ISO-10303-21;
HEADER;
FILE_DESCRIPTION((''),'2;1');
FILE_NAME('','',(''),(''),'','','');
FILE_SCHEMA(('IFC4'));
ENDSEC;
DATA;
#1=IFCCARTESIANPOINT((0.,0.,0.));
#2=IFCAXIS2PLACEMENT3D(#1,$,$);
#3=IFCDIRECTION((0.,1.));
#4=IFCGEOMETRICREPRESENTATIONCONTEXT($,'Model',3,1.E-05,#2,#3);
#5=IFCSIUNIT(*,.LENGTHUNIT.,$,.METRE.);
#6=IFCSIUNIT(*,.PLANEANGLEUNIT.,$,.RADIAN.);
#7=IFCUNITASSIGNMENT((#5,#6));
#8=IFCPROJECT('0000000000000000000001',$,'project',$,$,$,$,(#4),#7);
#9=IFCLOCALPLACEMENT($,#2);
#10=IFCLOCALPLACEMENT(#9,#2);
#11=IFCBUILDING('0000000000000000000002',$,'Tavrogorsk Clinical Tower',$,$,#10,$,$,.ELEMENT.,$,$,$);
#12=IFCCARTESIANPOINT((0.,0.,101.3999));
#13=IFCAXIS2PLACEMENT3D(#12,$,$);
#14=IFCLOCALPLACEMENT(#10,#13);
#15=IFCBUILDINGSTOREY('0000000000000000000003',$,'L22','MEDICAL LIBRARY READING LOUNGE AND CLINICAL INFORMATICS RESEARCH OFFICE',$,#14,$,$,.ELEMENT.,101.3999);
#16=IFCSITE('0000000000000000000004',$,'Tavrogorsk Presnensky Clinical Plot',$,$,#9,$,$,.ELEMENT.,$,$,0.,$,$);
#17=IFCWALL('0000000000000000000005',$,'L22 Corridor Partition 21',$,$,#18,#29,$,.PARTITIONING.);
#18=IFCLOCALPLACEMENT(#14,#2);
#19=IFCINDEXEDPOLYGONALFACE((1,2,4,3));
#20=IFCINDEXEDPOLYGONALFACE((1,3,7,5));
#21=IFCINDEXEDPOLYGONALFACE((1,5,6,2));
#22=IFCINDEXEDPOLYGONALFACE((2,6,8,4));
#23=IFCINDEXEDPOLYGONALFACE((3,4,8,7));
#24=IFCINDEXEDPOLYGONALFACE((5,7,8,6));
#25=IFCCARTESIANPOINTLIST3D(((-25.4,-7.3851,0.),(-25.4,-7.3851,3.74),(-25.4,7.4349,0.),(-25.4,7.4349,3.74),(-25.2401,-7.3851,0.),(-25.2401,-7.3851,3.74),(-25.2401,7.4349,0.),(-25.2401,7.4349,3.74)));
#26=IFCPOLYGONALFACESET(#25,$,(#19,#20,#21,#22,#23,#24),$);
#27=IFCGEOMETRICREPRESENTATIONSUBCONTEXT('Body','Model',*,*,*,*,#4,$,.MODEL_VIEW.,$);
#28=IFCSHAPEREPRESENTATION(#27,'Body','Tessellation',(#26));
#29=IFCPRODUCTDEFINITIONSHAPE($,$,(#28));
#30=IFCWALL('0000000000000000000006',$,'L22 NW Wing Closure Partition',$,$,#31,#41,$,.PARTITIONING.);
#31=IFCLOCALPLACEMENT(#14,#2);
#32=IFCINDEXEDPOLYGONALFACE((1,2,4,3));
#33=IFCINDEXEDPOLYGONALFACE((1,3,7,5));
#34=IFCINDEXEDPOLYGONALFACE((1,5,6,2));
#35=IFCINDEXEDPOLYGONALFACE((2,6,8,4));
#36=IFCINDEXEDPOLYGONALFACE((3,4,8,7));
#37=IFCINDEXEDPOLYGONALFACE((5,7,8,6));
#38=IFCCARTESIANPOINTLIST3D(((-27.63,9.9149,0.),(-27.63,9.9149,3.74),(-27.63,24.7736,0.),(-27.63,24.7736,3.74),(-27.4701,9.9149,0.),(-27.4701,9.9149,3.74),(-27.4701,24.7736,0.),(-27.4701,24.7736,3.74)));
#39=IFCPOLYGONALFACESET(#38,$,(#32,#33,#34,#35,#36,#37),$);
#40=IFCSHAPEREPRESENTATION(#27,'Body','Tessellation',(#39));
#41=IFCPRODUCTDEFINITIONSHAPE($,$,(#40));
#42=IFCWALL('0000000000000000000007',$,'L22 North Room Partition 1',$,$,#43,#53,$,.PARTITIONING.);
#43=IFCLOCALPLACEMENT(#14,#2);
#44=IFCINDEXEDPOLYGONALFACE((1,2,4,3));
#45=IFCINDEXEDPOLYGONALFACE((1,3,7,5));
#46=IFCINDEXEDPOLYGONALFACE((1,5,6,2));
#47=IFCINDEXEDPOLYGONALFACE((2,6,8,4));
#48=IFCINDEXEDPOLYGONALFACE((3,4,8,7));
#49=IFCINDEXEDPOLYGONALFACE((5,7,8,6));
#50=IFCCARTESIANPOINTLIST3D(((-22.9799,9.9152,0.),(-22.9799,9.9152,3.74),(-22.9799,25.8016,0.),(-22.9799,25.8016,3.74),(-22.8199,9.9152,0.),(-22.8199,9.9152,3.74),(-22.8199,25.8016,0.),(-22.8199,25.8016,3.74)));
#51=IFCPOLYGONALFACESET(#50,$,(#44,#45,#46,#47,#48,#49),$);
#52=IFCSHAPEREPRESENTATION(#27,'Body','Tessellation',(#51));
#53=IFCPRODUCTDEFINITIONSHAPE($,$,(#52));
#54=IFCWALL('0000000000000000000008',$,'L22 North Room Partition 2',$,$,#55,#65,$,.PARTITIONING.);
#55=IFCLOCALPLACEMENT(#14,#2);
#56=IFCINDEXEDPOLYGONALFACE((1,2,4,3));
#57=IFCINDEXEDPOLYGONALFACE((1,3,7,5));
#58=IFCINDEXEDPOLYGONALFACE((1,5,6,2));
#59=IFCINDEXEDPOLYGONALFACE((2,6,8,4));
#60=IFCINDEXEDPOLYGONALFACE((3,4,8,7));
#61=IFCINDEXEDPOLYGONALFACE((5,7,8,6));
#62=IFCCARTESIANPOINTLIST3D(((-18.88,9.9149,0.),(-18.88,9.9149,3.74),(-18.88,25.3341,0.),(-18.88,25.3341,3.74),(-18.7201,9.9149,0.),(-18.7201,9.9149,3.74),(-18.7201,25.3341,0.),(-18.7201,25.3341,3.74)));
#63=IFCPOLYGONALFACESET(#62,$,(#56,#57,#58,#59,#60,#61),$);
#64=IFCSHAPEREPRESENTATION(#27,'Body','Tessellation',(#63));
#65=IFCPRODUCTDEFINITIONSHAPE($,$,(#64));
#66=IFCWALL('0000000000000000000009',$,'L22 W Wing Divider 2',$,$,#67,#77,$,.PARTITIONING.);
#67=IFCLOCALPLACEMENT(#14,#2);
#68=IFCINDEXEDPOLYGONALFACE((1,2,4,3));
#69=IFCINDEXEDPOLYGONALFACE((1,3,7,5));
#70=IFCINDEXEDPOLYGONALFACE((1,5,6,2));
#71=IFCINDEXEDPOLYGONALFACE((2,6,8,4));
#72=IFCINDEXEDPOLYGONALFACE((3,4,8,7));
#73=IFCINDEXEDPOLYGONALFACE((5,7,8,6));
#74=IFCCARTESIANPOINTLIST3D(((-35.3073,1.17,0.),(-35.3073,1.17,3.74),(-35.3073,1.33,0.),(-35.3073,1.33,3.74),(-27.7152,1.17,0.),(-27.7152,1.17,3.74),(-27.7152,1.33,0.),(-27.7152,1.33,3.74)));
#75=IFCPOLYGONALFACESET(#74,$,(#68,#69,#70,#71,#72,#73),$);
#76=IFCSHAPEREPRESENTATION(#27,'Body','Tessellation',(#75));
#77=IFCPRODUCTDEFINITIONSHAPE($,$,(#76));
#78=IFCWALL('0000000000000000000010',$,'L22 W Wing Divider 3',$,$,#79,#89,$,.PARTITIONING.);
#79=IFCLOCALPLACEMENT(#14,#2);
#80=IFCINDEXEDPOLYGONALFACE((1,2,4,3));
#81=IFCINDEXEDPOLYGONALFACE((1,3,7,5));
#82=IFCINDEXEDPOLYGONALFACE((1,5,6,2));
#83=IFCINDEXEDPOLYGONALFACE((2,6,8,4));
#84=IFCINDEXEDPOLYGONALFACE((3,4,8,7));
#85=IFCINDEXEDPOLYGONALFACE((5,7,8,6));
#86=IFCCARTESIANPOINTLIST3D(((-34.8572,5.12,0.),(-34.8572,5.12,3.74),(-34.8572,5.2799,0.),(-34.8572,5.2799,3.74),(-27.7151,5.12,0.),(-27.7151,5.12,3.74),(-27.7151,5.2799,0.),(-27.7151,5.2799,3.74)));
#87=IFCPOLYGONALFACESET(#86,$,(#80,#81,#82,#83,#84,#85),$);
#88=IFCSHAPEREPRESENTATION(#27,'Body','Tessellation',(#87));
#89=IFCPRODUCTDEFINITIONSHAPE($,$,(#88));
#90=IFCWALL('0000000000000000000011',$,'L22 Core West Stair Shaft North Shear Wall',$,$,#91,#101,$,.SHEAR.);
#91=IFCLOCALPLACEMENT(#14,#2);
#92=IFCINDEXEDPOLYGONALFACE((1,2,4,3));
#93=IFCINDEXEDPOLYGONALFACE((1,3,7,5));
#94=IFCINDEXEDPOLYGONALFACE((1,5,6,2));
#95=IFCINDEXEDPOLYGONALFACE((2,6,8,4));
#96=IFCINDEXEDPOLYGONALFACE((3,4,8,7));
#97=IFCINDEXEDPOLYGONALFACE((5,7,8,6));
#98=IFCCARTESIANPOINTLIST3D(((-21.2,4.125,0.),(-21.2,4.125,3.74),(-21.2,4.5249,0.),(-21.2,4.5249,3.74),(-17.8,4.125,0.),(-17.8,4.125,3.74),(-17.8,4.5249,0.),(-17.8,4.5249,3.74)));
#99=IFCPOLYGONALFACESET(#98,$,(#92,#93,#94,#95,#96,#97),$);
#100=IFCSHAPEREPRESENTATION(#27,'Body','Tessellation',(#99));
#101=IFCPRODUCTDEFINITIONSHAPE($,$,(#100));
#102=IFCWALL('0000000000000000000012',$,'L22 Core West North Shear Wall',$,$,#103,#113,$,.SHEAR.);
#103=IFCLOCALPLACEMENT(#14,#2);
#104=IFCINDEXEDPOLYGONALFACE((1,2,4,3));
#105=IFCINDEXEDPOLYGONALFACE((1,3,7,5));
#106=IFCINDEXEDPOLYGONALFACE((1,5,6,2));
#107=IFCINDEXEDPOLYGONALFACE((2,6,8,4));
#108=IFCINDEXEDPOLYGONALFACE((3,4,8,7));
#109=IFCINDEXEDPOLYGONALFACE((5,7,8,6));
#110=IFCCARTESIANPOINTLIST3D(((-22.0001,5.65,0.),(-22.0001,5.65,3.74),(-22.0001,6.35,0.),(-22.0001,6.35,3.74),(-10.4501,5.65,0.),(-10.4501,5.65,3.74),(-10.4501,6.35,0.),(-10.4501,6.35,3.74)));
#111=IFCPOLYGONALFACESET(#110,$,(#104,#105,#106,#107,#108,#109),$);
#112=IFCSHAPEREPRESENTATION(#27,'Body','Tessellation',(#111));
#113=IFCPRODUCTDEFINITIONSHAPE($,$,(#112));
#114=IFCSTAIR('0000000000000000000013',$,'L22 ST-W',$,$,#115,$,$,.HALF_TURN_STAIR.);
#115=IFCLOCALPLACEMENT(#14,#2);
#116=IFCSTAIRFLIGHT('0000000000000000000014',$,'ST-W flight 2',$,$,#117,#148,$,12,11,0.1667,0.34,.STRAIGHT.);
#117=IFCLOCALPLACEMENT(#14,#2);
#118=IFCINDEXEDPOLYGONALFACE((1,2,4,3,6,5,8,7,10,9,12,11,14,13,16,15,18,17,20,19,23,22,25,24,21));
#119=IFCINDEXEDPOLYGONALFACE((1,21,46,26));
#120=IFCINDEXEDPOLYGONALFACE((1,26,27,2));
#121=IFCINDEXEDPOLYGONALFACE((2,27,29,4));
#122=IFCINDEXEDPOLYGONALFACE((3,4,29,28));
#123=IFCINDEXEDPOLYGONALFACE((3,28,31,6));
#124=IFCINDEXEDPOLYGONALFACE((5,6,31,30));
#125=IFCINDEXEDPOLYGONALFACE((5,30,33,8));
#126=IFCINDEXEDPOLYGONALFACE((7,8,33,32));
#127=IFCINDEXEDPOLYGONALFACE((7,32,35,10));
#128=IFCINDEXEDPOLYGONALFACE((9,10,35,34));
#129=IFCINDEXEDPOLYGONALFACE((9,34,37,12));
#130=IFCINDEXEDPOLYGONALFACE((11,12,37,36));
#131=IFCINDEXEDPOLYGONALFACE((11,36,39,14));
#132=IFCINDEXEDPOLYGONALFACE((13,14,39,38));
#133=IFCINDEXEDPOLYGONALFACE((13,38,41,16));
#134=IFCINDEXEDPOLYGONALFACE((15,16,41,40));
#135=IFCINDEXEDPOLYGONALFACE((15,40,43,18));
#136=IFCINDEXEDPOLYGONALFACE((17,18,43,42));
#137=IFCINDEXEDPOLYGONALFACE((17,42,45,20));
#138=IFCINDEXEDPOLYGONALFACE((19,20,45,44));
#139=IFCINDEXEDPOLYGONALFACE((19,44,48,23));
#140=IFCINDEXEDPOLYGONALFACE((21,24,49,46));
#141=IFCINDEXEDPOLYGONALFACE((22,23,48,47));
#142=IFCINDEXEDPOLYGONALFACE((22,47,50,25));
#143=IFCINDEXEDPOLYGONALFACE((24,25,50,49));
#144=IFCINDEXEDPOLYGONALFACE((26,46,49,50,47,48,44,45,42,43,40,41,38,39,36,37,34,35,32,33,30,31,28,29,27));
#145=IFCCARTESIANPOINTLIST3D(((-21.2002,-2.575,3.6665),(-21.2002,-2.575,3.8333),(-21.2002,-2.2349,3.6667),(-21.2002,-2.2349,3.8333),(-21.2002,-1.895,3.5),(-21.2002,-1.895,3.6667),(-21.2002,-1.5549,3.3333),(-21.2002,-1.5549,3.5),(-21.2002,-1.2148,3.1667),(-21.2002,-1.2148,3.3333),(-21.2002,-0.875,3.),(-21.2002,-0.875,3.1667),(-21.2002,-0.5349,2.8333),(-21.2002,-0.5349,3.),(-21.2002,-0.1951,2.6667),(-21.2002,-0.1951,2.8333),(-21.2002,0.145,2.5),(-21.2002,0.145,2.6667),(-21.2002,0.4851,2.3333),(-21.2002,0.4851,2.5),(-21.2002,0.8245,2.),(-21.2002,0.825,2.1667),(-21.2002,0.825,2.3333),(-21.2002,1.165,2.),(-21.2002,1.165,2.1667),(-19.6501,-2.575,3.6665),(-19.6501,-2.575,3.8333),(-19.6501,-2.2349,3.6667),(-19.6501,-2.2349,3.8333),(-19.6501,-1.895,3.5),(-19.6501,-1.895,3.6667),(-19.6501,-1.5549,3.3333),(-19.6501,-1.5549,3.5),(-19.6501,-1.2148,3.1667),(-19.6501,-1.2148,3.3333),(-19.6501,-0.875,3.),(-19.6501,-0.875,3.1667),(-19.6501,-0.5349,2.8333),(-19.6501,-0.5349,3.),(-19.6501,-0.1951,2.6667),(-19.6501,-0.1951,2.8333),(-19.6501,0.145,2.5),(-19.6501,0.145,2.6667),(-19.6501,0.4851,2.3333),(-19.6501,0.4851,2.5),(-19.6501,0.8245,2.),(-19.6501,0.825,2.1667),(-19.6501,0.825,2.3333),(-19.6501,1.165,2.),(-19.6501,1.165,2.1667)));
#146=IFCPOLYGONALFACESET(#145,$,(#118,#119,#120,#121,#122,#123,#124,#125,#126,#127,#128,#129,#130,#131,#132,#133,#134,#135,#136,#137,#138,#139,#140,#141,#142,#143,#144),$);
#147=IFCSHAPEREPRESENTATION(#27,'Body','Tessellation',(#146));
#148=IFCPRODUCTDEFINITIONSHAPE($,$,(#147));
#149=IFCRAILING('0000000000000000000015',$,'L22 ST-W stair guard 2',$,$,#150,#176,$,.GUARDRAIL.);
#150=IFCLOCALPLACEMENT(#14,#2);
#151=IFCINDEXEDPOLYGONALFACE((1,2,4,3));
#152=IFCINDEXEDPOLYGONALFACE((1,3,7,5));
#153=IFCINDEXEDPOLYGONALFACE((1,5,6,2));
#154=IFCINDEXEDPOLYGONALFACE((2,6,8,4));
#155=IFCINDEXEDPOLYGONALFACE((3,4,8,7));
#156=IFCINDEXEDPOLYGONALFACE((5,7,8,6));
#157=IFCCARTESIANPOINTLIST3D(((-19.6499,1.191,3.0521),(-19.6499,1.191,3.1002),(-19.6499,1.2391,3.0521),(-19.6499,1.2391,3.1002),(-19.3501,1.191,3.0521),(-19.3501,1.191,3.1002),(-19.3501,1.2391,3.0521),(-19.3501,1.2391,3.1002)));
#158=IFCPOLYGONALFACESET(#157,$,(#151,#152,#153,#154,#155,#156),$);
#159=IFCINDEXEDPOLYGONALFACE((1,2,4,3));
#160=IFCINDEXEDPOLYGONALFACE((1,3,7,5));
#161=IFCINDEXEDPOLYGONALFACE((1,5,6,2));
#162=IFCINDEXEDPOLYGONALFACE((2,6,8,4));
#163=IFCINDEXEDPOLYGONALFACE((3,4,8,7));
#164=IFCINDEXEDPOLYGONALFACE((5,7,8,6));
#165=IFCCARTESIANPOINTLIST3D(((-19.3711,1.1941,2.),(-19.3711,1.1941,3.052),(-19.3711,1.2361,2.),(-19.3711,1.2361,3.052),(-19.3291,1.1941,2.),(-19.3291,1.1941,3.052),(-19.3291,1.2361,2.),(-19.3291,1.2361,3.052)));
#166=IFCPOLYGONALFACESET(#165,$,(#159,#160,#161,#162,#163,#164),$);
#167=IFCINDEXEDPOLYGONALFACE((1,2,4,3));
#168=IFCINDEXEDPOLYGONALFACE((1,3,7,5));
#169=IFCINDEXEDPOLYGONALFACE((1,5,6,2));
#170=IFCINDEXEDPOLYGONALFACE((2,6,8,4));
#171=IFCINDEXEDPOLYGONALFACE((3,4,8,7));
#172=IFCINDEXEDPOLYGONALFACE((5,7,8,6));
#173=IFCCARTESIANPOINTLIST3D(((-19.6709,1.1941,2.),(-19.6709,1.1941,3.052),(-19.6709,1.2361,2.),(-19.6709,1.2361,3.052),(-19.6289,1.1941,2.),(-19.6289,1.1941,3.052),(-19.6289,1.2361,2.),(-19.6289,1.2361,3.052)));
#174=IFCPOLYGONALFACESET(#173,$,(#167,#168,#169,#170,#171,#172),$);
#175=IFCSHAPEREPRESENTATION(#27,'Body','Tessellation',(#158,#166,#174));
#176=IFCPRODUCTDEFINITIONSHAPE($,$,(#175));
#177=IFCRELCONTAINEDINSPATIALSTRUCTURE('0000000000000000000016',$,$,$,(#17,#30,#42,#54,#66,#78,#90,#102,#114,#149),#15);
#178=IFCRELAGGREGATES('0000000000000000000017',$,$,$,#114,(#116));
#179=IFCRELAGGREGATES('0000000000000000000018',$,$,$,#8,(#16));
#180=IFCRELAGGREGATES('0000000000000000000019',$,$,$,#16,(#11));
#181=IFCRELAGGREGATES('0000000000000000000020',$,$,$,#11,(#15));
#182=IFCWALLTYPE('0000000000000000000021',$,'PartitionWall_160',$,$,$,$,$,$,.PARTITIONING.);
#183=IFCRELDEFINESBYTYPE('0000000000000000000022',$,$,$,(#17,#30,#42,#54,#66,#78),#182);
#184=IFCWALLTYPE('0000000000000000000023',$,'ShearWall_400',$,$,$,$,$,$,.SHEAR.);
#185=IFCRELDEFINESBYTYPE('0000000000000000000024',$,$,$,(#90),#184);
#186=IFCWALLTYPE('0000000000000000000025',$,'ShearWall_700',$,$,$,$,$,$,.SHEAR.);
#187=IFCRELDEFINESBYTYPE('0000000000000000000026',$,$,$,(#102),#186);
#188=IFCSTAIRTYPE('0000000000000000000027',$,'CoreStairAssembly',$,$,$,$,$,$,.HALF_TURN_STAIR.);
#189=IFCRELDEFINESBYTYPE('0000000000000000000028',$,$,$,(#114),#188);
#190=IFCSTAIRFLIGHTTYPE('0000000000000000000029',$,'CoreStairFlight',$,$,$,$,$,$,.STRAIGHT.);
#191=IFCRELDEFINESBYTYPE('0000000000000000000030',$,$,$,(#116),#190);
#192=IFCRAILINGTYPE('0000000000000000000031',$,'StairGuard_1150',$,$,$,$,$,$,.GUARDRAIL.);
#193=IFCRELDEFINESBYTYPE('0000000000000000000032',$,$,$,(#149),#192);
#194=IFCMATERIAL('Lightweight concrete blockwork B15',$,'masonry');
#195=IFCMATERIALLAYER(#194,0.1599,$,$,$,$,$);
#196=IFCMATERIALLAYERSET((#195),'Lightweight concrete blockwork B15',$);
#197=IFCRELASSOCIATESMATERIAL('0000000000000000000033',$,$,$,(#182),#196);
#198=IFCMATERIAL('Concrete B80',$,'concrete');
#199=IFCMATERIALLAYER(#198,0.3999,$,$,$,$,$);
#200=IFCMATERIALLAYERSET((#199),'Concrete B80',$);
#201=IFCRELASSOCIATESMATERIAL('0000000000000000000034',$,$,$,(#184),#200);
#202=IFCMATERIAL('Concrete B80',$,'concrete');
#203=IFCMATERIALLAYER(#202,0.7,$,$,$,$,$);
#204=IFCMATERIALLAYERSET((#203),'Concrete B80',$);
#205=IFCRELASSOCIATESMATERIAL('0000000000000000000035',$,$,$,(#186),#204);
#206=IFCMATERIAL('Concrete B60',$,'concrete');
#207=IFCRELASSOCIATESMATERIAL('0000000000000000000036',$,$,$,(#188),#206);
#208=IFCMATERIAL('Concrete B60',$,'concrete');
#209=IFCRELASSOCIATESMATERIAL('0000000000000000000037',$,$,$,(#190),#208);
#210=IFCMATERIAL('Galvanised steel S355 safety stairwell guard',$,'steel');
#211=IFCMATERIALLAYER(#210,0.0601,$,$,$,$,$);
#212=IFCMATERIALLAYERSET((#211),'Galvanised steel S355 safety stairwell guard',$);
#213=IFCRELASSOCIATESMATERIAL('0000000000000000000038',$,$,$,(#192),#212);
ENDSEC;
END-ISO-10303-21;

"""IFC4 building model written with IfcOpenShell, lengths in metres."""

from ifc_helpers import new_model, si_unit, direction, frame, frame_2d, origin, origin_2d, place, context, subcontext, project, spatial, polyline, rectangle, outline, extrude, material, layer, layer_set, type_object, element, aggregate, save


model = new_model("IFC4")

# Units and contexts
model_context = context("Model", 3, precision=1e-05, world=origin(), true_north=direction((0.0, 1.0)))
body_context = subcontext(model_context, "Body", "Model", "MODEL_VIEW")
ifc_project = project(units=[si_unit("LENGTHUNIT", "METRE"), si_unit("PLANEANGLEUNIT", "RADIAN")], contexts=[model_context])

# Site, building, storey
site_placement = place(None, origin())
site = spatial("IfcSite", under=ifc_project, at=site_placement, Name="Tavrogorsk Presnensky Clinical Plot", CompositionType="ELEMENT", RefElevation=0.0)
building_placement = place(site_placement, origin())
building = spatial("IfcBuilding", under=site, at=building_placement, Name="Tavrogorsk Clinical Tower", CompositionType="ELEMENT")
storey_placement = place(building_placement, frame((0.0, 0.0, 101.3999)))
storey = spatial("IfcBuildingStorey", under=building, at=storey_placement, Name="L22", Description="MEDICAL LIBRARY READING LOUNGE AND CLINICAL INFORMATICS RESEARCH OFFICE", CompositionType="ELEMENT", Elevation=101.3999)

# Shared definitions
ifc_material_1 = material(Name="Lightweight concrete blockwork B15", Category="masonry")
ifc_layer_1 = layer(ifc_material_1, 0.1599)
ifc_layer_set_1 = layer_set([ifc_layer_1], Name="Lightweight concrete blockwork B15")
wall_type_1 = type_object("IfcWallType", Name="PartitionWall_160", PredefinedType="PARTITIONING", material=ifc_layer_set_1)

# Walls
wall_1_placement = place(storey_placement, frame((-25.3201, 7.4351, 0.0), z_axis=(0.0, 0.0, 1.0), x_axis=(0.0, -1.0, 0.0)))
element("IfcWall", 1, at=wall_1_placement, inside=storey, type_object=wall_type_1, Name="L22 Corridor Partition 21", PredefinedType="PARTITIONING", context=body_context, shape_type="SweptSolid", body=[
    extrude(rectangle(XDim=14.8201, YDim=0.1599, at=frame_2d((7.4102, 0.0))), origin(), (0.0, 0.0, 1.0), 3.74),
])
wall_2_placement = place(storey_placement, frame((-27.55, 9.915, 0.0), z_axis=(0.0, 0.0, 1.0), x_axis=(0.0, 1.0, 0.0)))
element("IfcWall", 2, at=wall_2_placement, inside=storey, type_object=wall_type_1, Name="L22 NW Wing Closure Partition", PredefinedType="PARTITIONING", context=body_context, shape_type="SweptSolid", body=[
    extrude(rectangle(XDim=14.8586, YDim=0.1599, at=frame_2d((7.4292, 0.0))), origin(), (0.0, 0.0, 1.0), 3.74),
])
wall_3_placement = place(storey_placement, frame((-22.8999, 9.915, 0.0), z_axis=(0.0, 0.0, 1.0), x_axis=(0.0, 1.0, 0.0)))
element("IfcWall", 3, at=wall_3_placement, inside=storey, type_object=wall_type_1, Name="L22 North Room Partition 1", PredefinedType="PARTITIONING", context=body_context, shape_type="SweptSolid", body=[
    extrude(rectangle(XDim=15.8865, YDim=0.1599, at=frame_2d((7.9434, 0.0))), origin(), (0.0, 0.0, 1.0), 3.74),
])
wall_4_placement = place(storey_placement, frame((-18.8, 9.915, 0.0), z_axis=(0.0, 0.0, 1.0), x_axis=(0.0, 1.0, 0.0)))
element("IfcWall", 4, at=wall_4_placement, inside=storey, type_object=wall_type_1, Name="L22 North Room Partition 2", PredefinedType="PARTITIONING", context=body_context, shape_type="SweptSolid", body=[
    extrude(rectangle(XDim=15.4192, YDim=0.1599, at=frame_2d((7.7095, 0.0))), origin(), (0.0, 0.0, 1.0), 3.74),
])
wall_5_placement = place(storey_placement, frame((-35.3071, 1.25, 0.0), z_axis=(0.0, 0.0, 1.0), x_axis=(1.0, 0.0, 0.0)))
element("IfcWall", 5, at=wall_5_placement, inside=storey, type_object=wall_type_1, Name="L22 W Wing Divider 2", PredefinedType="PARTITIONING", context=body_context, shape_type="SweptSolid", body=[
    extrude(rectangle(XDim=7.592, YDim=0.1599, at=frame_2d((3.7959, 0.0))), origin(), (0.0, 0.0, 1.0), 3.74),
])
wall_6_placement = place(storey_placement, frame((-34.8572, 5.2, 0.0), z_axis=(0.0, 0.0, 1.0), x_axis=(1.0, 0.0, 0.0)))
element("IfcWall", 6, at=wall_6_placement, inside=storey, type_object=wall_type_1, Name="L22 W Wing Divider 3", PredefinedType="PARTITIONING", context=body_context, shape_type="SweptSolid", body=[
    extrude(rectangle(XDim=7.1421, YDim=0.1599, at=frame_2d((3.571, 0.0))), origin(), (0.0, 0.0, 1.0), 3.74),
])
ifc_material_2 = material(Name="Concrete B80", Category="concrete")
ifc_layer_2 = layer(ifc_material_2, 0.3999)
ifc_layer_set_2 = layer_set([ifc_layer_2], Name="Concrete B80")
wall_type_2 = type_object("IfcWallType", Name="ShearWall_400", PredefinedType="SHEAR", material=ifc_layer_set_2)
wall_7_placement = place(storey_placement, frame((-21.2, 4.325, 0.0), z_axis=(0.0, 0.0, 1.0), x_axis=(1.0, 0.0, 0.0)))
element("IfcWall", 7, at=wall_7_placement, inside=storey, type_object=wall_type_2, Name="L22 Core West Stair Shaft North Shear Wall", PredefinedType="SHEAR", context=body_context, shape_type="SweptSolid", body=[
    extrude(rectangle(XDim=3.3999, YDim=0.3999, at=frame_2d((1.7, 0.0))), origin(), (0.0, 0.0, 1.0), 3.74),
])
ifc_material_3 = material(Name="Concrete B80", Category="concrete")
ifc_layer_3 = layer(ifc_material_3, 0.7)
ifc_layer_set_3 = layer_set([ifc_layer_3], Name="Concrete B80")
wall_type_3 = type_object("IfcWallType", Name="ShearWall_700", PredefinedType="SHEAR", material=ifc_layer_set_3)
wall_8_placement = place(storey_placement, frame((-22.0, 6.0, 0.0), z_axis=(0.0, 0.0, 1.0), x_axis=(1.0, 0.0, 0.0)))
element("IfcWall", 8, at=wall_8_placement, inside=storey, type_object=wall_type_3, Name="L22 Core West North Shear Wall", PredefinedType="SHEAR", context=body_context, shape_type="SweptSolid", body=[
    extrude(rectangle(XDim=11.55, YDim=0.7, at=frame_2d((5.7749, 0.0))), origin(), (0.0, 0.0, 1.0), 3.74),
])

# Stair, stair flight
ifc_material_4 = material(Name="Concrete B60", Category="concrete")
stair_type = type_object("IfcStairType", Name="CoreStairAssembly", PredefinedType="HALF_TURN_STAIR", material=ifc_material_4)
stair_placement = place(storey_placement, origin())
stair = element("IfcStair", 9, at=stair_placement, inside=storey, type_object=stair_type, Name="L22 ST-W", PredefinedType="HALF_TURN_STAIR")
ifc_material_5 = material(Name="Concrete B60", Category="concrete")
stair_flight_type = type_object("IfcStairFlightType", Name="CoreStairFlight", PredefinedType="STRAIGHT", material=ifc_material_5)
stair_flight_placement = place(storey_placement, frame((-20.425, 1.165, 2.0), z_axis=(0.0, 0.0, 1.0), x_axis=(0.0, -1.0, 0.0)))
stair_flight = element("IfcStairFlight", 10, at=stair_flight_placement, type_object=stair_flight_type, Name="ST-W flight 2", NumberOfRisers=12, NumberOfTreads=11, PredefinedType="STRAIGHT", RiserHeight=0.1667, TreadLength=0.34, context=body_context, shape_type="SweptSolid", body=[
    extrude(outline(polyline([(0.0, 0.0), (0.0, 0.1667), (0.3401, 0.1667), (0.3401, 0.3333), (0.6799, 0.3333), (0.6799, 0.5), (1.02, 0.5), (1.02, 0.6667), (1.3601, 0.6667), (1.3601, 0.8333), (1.7, 0.8333), (1.7, 1.0), (2.04, 1.0), (2.04, 1.1667), (2.3799, 1.1667), (2.3799, 1.3333), (2.72, 1.3333), (2.72, 1.5), (3.0601, 1.5), (3.0601, 1.6667), (3.3999, 1.6667), (3.3999, 1.8333), (3.74, 1.8333), (3.74, 2.0), (3.74, 1.6665), (0.3406, 0.0), (0.0, 0.0)])), frame((0.0, 0.7749, 0.0), z_axis=(0.0, -1.0, 0.0), x_axis=(1.0, 0.0, 0.0)), (0.0, 0.0, 1.0), 1.55),
])
aggregate(stair, [stair_flight])

# Railing
ifc_material_6 = material(Name="Galvanised steel S355 safety stairwell guard", Category="steel")
ifc_layer_4 = layer(ifc_material_6, 0.0601)
ifc_layer_set_4 = layer_set([ifc_layer_4], Name="Galvanised steel S355 safety stairwell guard")
railing_type_1 = type_object("IfcRailingType", Name="StairGuard_1150", PredefinedType="GUARDRAIL", material=ifc_layer_set_4)
railing_1_placement = place(storey_placement, frame((-19.3501, 1.2151, 2.0)))
element("IfcRailing", 11, at=railing_1_placement, inside=storey, type_object=railing_type_1, Name="L22 ST-W stair guard 2", PredefinedType="GUARDRAIL", context=body_context, shape_type="SweptSolid", body=[
    extrude(rectangle(XDim=0.0481, YDim=0.0481, at=origin_2d()), frame((0.0, 0.0, 1.0762), z_axis=(-1.0, 0.0, 0.0), x_axis=(0.0, -1.0, 0.0)), (0.0, 0.0, 1.0), 0.2998),
    extrude(rectangle(XDim=0.042, YDim=0.042, at=origin_2d()), origin(), (0.0, 0.0, 1.0), 1.052),
    extrude(rectangle(XDim=0.042, YDim=0.042, at=origin_2d()), frame((-0.2998, 0.0, 0.0)), (0.0, 0.0, 1.0), 1.052),
])

save(model, "model.ifc")
